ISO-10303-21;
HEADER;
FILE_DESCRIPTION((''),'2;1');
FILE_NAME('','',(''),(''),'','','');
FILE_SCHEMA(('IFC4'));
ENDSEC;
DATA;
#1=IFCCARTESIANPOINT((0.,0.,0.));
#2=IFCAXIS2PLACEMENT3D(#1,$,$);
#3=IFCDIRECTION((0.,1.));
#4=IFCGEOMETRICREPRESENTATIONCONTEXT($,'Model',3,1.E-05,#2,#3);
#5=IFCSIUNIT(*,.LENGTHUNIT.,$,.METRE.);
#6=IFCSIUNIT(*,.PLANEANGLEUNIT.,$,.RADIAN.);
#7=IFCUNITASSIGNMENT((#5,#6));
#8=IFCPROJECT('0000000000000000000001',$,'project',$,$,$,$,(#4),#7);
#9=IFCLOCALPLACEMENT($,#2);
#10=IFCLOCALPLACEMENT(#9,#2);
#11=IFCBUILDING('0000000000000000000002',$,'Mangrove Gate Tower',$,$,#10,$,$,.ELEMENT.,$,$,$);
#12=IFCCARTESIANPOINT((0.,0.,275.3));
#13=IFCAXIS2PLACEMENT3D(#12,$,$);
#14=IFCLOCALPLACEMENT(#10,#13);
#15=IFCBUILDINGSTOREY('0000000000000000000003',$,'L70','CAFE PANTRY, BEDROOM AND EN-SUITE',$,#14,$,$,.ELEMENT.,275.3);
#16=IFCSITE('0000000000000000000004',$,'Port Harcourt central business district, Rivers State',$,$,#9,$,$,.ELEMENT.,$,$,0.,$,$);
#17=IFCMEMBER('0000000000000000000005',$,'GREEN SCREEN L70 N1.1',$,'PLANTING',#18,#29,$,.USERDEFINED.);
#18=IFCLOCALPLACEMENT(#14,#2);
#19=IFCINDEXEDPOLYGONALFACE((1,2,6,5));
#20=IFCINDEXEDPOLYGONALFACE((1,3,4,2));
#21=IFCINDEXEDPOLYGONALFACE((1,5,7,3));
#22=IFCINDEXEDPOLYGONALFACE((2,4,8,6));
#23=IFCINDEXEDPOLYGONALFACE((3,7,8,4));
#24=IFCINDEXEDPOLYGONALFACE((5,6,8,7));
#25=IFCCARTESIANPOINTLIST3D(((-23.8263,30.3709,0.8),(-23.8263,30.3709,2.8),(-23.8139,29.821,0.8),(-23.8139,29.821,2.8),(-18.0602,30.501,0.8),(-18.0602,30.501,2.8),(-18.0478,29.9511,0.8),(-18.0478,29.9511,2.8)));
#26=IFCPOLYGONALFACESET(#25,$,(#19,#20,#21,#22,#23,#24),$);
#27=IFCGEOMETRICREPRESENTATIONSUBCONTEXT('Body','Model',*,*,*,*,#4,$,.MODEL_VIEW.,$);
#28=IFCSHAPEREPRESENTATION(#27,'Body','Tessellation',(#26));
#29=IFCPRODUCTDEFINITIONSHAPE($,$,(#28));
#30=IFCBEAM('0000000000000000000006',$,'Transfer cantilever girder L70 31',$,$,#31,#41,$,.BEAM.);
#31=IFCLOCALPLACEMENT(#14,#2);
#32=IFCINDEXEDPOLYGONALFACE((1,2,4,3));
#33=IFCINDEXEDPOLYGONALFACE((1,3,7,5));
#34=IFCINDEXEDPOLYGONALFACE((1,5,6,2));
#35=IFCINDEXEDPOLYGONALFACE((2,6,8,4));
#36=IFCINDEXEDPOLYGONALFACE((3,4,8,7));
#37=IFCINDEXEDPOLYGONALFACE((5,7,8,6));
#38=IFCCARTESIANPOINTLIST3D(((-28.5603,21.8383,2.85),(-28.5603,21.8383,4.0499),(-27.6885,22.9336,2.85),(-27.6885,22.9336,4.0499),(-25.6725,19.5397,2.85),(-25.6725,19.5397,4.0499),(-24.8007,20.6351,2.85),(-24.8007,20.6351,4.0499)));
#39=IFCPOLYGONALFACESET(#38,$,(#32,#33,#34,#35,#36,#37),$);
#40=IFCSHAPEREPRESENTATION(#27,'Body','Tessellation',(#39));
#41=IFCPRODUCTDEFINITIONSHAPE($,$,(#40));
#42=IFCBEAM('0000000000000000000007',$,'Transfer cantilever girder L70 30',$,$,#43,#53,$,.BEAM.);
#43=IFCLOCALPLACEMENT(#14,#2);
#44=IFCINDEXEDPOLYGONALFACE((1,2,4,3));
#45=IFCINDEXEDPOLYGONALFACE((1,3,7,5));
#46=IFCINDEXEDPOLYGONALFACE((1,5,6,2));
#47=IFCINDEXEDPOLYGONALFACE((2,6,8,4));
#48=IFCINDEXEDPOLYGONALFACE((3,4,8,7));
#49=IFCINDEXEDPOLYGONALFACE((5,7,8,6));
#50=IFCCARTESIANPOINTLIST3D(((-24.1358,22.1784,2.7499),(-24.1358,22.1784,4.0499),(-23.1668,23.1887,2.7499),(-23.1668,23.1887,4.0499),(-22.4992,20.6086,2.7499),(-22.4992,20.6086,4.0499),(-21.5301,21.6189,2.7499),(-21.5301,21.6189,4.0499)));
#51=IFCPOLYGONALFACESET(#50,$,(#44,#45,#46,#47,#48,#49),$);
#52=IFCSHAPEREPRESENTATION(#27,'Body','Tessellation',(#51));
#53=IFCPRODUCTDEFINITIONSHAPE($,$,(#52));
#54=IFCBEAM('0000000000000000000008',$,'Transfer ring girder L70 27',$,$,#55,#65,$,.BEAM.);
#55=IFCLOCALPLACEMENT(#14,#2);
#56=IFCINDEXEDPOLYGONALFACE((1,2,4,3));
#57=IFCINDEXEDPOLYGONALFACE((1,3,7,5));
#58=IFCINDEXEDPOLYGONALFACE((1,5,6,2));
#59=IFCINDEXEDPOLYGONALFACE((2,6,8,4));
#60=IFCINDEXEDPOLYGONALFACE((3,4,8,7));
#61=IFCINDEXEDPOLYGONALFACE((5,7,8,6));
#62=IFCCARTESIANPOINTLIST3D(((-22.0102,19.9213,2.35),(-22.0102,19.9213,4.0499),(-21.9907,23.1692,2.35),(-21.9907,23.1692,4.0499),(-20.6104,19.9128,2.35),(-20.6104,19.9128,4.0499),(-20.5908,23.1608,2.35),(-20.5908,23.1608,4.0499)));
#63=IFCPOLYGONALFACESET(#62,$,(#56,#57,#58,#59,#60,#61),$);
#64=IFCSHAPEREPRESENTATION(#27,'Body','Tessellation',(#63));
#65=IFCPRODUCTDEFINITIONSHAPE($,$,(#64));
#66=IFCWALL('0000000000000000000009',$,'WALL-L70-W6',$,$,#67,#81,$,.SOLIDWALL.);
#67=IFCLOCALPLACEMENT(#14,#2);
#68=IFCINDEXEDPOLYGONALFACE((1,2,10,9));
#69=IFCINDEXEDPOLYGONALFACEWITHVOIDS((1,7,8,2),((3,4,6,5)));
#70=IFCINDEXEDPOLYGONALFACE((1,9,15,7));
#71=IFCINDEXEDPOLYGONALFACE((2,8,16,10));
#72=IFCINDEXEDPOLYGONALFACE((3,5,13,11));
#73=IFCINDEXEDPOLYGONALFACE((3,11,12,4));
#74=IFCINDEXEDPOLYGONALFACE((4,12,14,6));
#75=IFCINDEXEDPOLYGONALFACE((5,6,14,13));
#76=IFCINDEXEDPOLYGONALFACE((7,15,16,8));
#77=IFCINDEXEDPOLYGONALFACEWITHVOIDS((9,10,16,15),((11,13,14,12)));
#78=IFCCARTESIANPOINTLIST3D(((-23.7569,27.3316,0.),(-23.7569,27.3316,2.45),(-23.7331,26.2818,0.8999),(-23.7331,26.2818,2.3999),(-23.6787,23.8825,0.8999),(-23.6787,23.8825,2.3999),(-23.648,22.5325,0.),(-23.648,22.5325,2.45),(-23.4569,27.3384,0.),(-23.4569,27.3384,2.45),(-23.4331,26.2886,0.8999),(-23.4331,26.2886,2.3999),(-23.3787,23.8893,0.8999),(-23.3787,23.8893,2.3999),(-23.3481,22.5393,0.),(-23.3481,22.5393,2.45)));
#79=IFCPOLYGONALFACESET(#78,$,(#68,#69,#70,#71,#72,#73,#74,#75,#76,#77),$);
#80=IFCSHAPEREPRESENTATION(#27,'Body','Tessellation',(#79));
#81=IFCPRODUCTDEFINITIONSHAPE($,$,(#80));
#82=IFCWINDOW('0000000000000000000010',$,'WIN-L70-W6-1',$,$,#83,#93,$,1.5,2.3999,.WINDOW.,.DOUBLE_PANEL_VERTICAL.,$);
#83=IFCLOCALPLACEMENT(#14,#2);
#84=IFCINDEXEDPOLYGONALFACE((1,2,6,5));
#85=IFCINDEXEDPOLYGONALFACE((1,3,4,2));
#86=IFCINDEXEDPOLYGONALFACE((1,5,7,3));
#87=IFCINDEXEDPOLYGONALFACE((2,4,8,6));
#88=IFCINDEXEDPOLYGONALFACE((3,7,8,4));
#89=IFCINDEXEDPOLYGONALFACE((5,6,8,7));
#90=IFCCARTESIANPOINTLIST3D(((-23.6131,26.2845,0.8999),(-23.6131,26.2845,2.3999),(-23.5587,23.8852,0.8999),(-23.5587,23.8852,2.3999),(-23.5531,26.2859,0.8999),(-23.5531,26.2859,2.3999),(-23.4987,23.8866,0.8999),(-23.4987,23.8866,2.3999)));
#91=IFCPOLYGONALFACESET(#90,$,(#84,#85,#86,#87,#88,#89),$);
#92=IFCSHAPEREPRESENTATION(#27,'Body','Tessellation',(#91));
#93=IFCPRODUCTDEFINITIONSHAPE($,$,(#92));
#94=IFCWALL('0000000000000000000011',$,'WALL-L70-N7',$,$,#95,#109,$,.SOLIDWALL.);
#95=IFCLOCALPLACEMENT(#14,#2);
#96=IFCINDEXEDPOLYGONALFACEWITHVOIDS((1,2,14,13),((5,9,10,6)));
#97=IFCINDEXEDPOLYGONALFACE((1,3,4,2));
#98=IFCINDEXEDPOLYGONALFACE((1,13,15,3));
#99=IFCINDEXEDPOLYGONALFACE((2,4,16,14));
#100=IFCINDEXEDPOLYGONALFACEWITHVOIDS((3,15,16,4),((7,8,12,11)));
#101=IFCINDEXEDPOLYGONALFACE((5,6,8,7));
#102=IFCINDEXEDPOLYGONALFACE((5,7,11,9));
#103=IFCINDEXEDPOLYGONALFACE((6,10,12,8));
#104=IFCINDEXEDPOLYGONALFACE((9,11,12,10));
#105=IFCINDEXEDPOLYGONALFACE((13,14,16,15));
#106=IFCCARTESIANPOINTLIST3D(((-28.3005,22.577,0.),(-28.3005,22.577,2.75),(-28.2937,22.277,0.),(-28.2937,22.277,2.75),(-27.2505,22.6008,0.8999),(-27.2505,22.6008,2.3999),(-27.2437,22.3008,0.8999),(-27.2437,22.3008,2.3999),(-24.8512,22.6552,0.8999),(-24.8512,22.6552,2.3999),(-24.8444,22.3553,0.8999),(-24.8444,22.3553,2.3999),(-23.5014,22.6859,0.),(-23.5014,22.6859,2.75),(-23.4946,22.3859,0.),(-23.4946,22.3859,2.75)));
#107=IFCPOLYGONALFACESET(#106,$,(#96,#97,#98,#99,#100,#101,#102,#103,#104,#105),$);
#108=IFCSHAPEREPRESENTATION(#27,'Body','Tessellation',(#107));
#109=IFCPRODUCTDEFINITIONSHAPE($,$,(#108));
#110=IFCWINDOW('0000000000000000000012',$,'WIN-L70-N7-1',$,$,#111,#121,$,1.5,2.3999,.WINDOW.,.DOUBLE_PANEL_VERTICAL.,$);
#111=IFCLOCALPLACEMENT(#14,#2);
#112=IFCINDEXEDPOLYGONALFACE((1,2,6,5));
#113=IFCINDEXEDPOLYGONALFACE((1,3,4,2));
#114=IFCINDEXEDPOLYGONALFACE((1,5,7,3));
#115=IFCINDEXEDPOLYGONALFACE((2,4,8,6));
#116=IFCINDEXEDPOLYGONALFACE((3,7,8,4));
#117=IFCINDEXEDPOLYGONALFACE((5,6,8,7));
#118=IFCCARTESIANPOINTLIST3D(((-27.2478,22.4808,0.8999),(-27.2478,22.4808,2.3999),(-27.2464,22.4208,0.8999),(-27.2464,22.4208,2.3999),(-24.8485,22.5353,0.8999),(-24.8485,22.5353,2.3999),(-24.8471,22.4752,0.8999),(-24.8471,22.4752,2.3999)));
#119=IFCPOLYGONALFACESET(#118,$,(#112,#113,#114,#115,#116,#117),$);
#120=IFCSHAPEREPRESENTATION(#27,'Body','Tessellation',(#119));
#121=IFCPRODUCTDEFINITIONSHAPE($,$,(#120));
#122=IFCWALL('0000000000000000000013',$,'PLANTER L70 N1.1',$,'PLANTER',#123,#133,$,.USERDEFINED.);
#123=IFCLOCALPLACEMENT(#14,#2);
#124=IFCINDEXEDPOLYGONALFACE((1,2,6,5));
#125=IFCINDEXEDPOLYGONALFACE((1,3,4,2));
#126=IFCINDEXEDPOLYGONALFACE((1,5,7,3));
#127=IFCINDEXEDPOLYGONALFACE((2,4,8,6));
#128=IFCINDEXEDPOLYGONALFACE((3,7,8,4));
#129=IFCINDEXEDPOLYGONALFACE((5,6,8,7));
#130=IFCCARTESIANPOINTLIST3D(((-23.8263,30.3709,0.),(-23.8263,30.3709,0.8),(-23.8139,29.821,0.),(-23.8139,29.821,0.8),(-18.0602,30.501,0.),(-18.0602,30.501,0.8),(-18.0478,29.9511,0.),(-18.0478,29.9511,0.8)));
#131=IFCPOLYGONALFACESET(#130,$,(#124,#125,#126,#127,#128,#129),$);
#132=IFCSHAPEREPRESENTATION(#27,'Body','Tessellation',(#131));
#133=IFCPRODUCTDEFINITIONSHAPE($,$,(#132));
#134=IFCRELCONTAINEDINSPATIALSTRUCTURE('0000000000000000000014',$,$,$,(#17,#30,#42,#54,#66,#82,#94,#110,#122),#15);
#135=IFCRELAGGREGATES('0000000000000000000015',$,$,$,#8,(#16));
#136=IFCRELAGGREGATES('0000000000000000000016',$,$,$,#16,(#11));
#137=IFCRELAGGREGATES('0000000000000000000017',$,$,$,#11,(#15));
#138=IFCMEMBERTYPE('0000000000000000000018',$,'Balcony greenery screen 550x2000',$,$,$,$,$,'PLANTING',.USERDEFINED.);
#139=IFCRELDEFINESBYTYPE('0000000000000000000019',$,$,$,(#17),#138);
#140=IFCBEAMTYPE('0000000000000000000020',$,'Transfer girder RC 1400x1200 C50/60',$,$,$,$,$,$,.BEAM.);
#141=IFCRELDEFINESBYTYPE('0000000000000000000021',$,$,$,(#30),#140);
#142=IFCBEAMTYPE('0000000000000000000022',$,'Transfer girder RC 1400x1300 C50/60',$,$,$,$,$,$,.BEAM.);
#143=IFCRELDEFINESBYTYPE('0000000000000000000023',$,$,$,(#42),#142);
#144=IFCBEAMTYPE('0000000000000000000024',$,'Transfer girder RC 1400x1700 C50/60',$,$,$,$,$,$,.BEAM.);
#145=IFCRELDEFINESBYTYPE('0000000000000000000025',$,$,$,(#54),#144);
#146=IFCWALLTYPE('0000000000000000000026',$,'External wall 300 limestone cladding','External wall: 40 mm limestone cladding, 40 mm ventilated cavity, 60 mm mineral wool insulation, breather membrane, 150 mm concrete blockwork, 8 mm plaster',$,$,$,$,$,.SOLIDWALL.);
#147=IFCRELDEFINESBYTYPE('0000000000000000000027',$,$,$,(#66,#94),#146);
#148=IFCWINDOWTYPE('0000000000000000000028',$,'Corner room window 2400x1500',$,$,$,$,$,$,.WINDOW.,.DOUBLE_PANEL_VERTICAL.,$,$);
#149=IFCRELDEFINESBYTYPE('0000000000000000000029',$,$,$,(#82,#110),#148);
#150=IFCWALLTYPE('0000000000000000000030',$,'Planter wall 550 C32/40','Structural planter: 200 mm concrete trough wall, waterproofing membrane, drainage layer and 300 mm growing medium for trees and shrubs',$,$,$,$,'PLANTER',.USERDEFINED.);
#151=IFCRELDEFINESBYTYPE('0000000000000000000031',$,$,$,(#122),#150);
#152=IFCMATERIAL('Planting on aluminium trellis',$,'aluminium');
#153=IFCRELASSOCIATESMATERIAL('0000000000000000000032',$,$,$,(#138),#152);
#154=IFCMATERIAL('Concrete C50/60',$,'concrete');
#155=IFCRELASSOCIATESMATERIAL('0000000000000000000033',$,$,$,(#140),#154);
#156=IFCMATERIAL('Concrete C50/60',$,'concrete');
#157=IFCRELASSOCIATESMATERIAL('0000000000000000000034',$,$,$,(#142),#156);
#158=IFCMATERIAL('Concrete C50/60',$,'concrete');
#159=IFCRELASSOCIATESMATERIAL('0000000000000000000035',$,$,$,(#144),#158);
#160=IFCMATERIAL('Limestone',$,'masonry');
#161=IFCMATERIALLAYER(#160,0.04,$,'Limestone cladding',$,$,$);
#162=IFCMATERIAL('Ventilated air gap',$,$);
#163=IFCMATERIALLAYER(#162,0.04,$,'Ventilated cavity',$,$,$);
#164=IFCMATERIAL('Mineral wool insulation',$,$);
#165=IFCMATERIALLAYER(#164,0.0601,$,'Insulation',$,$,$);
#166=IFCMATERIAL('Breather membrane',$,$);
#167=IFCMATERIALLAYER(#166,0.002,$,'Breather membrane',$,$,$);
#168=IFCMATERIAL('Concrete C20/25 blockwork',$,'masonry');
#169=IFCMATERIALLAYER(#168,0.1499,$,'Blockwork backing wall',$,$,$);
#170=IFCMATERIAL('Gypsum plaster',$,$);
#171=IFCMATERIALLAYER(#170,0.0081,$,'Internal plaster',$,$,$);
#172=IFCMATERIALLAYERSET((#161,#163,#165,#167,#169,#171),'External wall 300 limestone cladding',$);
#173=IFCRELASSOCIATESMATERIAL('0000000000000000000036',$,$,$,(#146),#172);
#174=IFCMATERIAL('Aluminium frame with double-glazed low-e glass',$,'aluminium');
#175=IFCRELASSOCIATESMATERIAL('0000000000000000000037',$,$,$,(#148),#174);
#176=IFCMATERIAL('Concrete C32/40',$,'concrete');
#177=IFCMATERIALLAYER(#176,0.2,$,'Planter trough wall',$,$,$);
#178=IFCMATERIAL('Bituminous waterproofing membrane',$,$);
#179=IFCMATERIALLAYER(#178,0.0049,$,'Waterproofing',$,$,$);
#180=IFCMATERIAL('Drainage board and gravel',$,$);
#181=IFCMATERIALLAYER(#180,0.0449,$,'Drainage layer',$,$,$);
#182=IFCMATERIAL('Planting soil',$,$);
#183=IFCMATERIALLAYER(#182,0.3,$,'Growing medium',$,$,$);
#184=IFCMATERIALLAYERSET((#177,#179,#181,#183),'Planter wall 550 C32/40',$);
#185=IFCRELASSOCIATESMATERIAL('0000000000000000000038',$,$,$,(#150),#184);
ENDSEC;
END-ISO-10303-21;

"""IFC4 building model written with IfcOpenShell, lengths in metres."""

from ifc_helpers import new_model, si_unit, direction, frame, frame_2d, origin, origin_2d, place, context, subcontext, project, spatial, rectangle, extrude, material, layer, layer_set, material_profile, profile_set, type_object, element, fill, save


model = new_model("IFC4")

# Units and contexts
model_context = context("Model", 3, precision=1e-05, world=origin(), true_north=direction((0.0, 1.0)))
body_context = subcontext(model_context, "Body", "Model", "MODEL_VIEW")
ifc_project = project(units=[si_unit("LENGTHUNIT", "METRE"), si_unit("PLANEANGLEUNIT", "RADIAN")], contexts=[model_context])

# Site, building, storey
site_placement = place(None, origin())
site = spatial("IfcSite", under=ifc_project, at=site_placement, Name="Port Harcourt central business district, Rivers State", CompositionType="ELEMENT", RefElevation=0.0)
building_placement = place(site_placement, origin())
building = spatial("IfcBuilding", under=site, at=building_placement, Name="Mangrove Gate Tower", CompositionType="ELEMENT")
storey_placement = place(building_placement, frame((0.0, 0.0, 275.3)))
storey = spatial("IfcBuildingStorey", under=building, at=storey_placement, Name="L70", Description="CAFE PANTRY, BEDROOM AND EN-SUITE", CompositionType="ELEMENT", Elevation=275.3)

# Member
ifc_material_1 = material(Name="Planting on aluminium trellis", Category="aluminium")
ifc_material_profile_1 = material_profile(ifc_material_1, rectangle(XDim=0.55, YDim=2.0, at=origin_2d()))
ifc_profile_set_1 = profile_set([ifc_material_profile_1], Name="Planting on aluminium trellis")
member_type = type_object("IfcMemberType", Name="Balcony greenery screen 550x2000", ElementType="PLANTING", PredefinedType="USERDEFINED", material=ifc_profile_set_1)
member_placement = place(storey_placement, frame((-23.8201, 30.0959, 1.8), z_axis=(0.999745, 0.022562, 0.0), x_axis=(-0.022562, 0.999745, 0.0)))
element("IfcMember", 1, at=member_placement, inside=storey, type_object=member_type, Name="GREEN SCREEN L70 N1.1", ObjectType="PLANTING", PredefinedType="USERDEFINED", context=body_context, shape_type="SweptSolid", body=[
    extrude(rectangle(XDim=0.55, YDim=2.0, at=origin_2d()), origin(), (0.0, 0.0, 1.0), 5.7676),
])

# Beams
ifc_material_2 = material(Name="Concrete C50/60", Category="concrete")
ifc_material_profile_2 = material_profile(ifc_material_2, rectangle(XDim=1.3999, YDim=1.2, at=origin_2d()))
ifc_profile_set_2 = profile_set([ifc_material_profile_2], Name="Concrete C50/60")
beam_type_1 = type_object("IfcBeamType", Name="Transfer girder RC 1400x1200 C50/60", PredefinedType="BEAM", material=ifc_profile_set_2)
beam_1_placement = place(storey_placement, frame((-25.2366, 20.0874, 3.45), z_axis=(-0.782422, 0.622749, 0.0), x_axis=(-0.622749, -0.782422, 0.0)))
element("IfcBeam", 2, at=beam_1_placement, inside=storey, type_object=beam_type_1, Name="Transfer cantilever girder L70 31", PredefinedType="BEAM", context=body_context, shape_type="SweptSolid", body=[
    extrude(rectangle(XDim=1.3999, YDim=1.2, at=origin_2d()), origin(), (0.0, 0.0, 1.0), 3.6909),
])
ifc_material_3 = material(Name="Concrete C50/60", Category="concrete")
ifc_material_profile_3 = material_profile(ifc_material_3, rectangle(XDim=1.3999, YDim=1.3, at=origin_2d()))
ifc_profile_set_3 = profile_set([ifc_material_profile_3], Name="Concrete C50/60")
beam_type_2 = type_object("IfcBeamType", Name="Transfer girder RC 1400x1300 C50/60", PredefinedType="BEAM", material=ifc_profile_set_3)
beam_2_placement = place(storey_placement, frame((-22.0146, 21.1138, 3.3999), z_axis=(-0.721701, 0.692205, 0.0), x_axis=(-0.692205, -0.721701, 0.0)))
element("IfcBeam", 3, at=beam_2_placement, inside=storey, type_object=beam_type_2, Name="Transfer cantilever girder L70 30", PredefinedType="BEAM", context=body_context, shape_type="SweptSolid", body=[
    extrude(rectangle(XDim=1.3999, YDim=1.3, at=origin_2d()), origin(), (0.0, 0.0, 1.0), 2.2678),
])
ifc_material_4 = material(Name="Concrete C50/60", Category="concrete")
ifc_material_profile_4 = material_profile(ifc_material_4, rectangle(XDim=1.3999, YDim=1.7, at=origin_2d()))
ifc_profile_set_4 = profile_set([ifc_material_profile_4], Name="Concrete C50/60")
beam_type_3 = type_object("IfcBeamType", Name="Transfer girder RC 1400x1700 C50/60", PredefinedType="BEAM", material=ifc_profile_set_4)
beam_3_placement = place(storey_placement, frame((-21.2908, 23.165, 3.2), z_axis=(-0.006013, -0.999982, 0.0), x_axis=(0.999982, -0.006013, 0.0)))
element("IfcBeam", 4, at=beam_3_placement, inside=storey, type_object=beam_type_3, Name="Transfer ring girder L70 27", PredefinedType="BEAM", context=body_context, shape_type="SweptSolid", body=[
    extrude(rectangle(XDim=1.3999, YDim=1.7, at=origin_2d()), origin(), (0.0, 0.0, 1.0), 3.248),
])

# Walls, openings, windows
ifc_material_5 = material(Name="Limestone", Category="masonry")
ifc_layer_1 = layer(ifc_material_5, 0.04, Name="Limestone cladding")
ifc_material_6 = material(Name="Ventilated air gap")
ifc_layer_2 = layer(ifc_material_6, 0.04, Name="Ventilated cavity")
ifc_material_7 = material(Name="Mineral wool insulation")
ifc_layer_3 = layer(ifc_material_7, 0.0601, Name="Insulation")
ifc_material_8 = material(Name="Breather membrane")
ifc_layer_4 = layer(ifc_material_8, 0.002, Name="Breather membrane")
ifc_material_9 = material(Name="Concrete C20/25 blockwork", Category="masonry")
ifc_layer_5 = layer(ifc_material_9, 0.1499, Name="Blockwork backing wall")
ifc_material_10 = material(Name="Gypsum plaster")
ifc_layer_6 = layer(ifc_material_10, 0.0081, Name="Internal plaster")
ifc_layer_set_1 = layer_set([ifc_layer_1, ifc_layer_2, ifc_layer_3, ifc_layer_4, ifc_layer_5, ifc_layer_6], Name="External wall 300 limestone cladding")
wall_type_1 = type_object("IfcWallType", Name="External wall 300 limestone cladding", Description="External wall: 40 mm limestone cladding, 40 mm ventilated cavity, 60 mm mineral wool insulation, breather membrane, 150 mm concrete blockwork, 8 mm plaster", PredefinedType="SOLIDWALL", material=ifc_layer_set_1)
wall_1_placement = place(storey_placement, frame((-23.6069, 27.335, 0.0), z_axis=(0.0, 0.0, 1.0), x_axis=(0.022683, -0.999743, 0.0)))
wall_1 = element("IfcWall", 5, at=wall_1_placement, inside=storey, type_object=wall_type_1, Name="WALL-L70-W6", PredefinedType="SOLIDWALL", context=body_context, shape_type="SweptSolid", body=[
    extrude(rectangle(XDim=4.8003, YDim=0.3, at=frame_2d((2.4001, 0.0))), origin(), (0.0, 0.0, 1.0), 2.45),
])
opening_1_placement = place(wall_1_placement, frame((1.05, 0.0, 0.8999)))
opening_1 = element("IfcOpeningElement", 6, at=opening_1_placement, cuts=wall_1, PredefinedType="OPENING", context=body_context, shape_type="SweptSolid", body=[
    extrude(rectangle(XDim=2.3999, YDim=1.5, at=frame_2d((1.2, 0.75))), frame((0.0, 0.1599, 0.0), z_axis=(0.0, -1.0, 0.0), x_axis=(1.0, 0.0, 0.0)), (0.0, 0.0, 1.0), 0.3201),
])
ifc_material_11 = material(Name="Aluminium frame with double-glazed low-e glass", Category="aluminium")
window_type = type_object("IfcWindowType", Name="Corner room window 2400x1500", PartitioningType="DOUBLE_PANEL_VERTICAL", PredefinedType="WINDOW", material=ifc_material_11)
window_1_placement = place(opening_1_placement, origin())
window_1 = element("IfcWindow", 7, at=window_1_placement, inside=storey, type_object=window_type, Name="WIN-L70-W6-1", OverallHeight=1.5, OverallWidth=2.3999, PartitioningType="DOUBLE_PANEL_VERTICAL", PredefinedType="WINDOW", context=body_context, shape_type="SweptSolid", body=[
    extrude(rectangle(XDim=2.3999, YDim=1.5, at=frame_2d((1.2, 0.75))), frame((0.0, 0.03, 0.0), z_axis=(0.0, -1.0, 0.0), x_axis=(1.0, 0.0, 0.0)), (0.0, 0.0, 1.0), 0.0601),
])
fill(opening_1, window_1)
wall_2_placement = place(storey_placement, frame((-23.498, 22.5359, 0.0), z_axis=(0.0, 0.0, 1.0), x_axis=(-0.999743, -0.022683, 0.0)))
wall_2 = element("IfcWall", 8, at=wall_2_placement, inside=storey, type_object=wall_type_1, Name="WALL-L70-N7", PredefinedType="SOLIDWALL", context=body_context, shape_type="SweptSolid", body=[
    extrude(rectangle(XDim=4.8003, YDim=0.3, at=frame_2d((2.4001, 0.0))), origin(), (0.0, 0.0, 1.0), 2.75),
])
opening_2_placement = place(wall_2_placement, frame((1.3501, 0.0, 0.8999)))
opening_2 = element("IfcOpeningElement", 9, at=opening_2_placement, cuts=wall_2, PredefinedType="OPENING", context=body_context, shape_type="SweptSolid", body=[
    extrude(rectangle(XDim=2.3999, YDim=1.5, at=frame_2d((1.2, 0.75))), frame((0.0, 0.1599, 0.0), z_axis=(0.0, -1.0, 0.0), x_axis=(1.0, 0.0, 0.0)), (0.0, 0.0, 1.0), 0.3201),
])
window_2_placement = place(opening_2_placement, origin())
window_2 = element("IfcWindow", 10, at=window_2_placement, inside=storey, type_object=window_type, Name="WIN-L70-N7-1", OverallHeight=1.5, OverallWidth=2.3999, PartitioningType="DOUBLE_PANEL_VERTICAL", PredefinedType="WINDOW", context=body_context, shape_type="SweptSolid", body=[
    extrude(rectangle(XDim=2.3999, YDim=1.5, at=frame_2d((1.2, 0.75))), frame((0.0, 0.03, 0.0), z_axis=(0.0, -1.0, 0.0), x_axis=(1.0, 0.0, 0.0)), (0.0, 0.0, 1.0), 0.0601),
])
fill(opening_2, window_2)

# Wall
ifc_material_12 = material(Name="Concrete C32/40", Category="concrete")
ifc_layer_7 = layer(ifc_material_12, 0.2, Name="Planter trough wall")
ifc_material_13 = material(Name="Bituminous waterproofing membrane")
ifc_layer_8 = layer(ifc_material_13, 0.0049, Name="Waterproofing")
ifc_material_14 = material(Name="Drainage board and gravel")
ifc_layer_9 = layer(ifc_material_14, 0.0449, Name="Drainage layer")
ifc_material_15 = material(Name="Planting soil")
ifc_layer_10 = layer(ifc_material_15, 0.3, Name="Growing medium")
ifc_layer_set_2 = layer_set([ifc_layer_7, ifc_layer_8, ifc_layer_9, ifc_layer_10], Name="Planter wall 550 C32/40")
wall_type_2 = type_object("IfcWallType", Name="Planter wall 550 C32/40", Description="Structural planter: 200 mm concrete trough wall, waterproofing membrane, drainage layer and 300 mm growing medium for trees and shrubs", ElementType="PLANTER", PredefinedType="USERDEFINED", material=ifc_layer_set_2)
wall_3_placement = place(storey_placement, frame((-23.8201, 30.0959, 0.0), z_axis=(0.0, 0.0, 1.0), x_axis=(0.999745, 0.022562, 0.0)))
element("IfcWall", 11, at=wall_3_placement, inside=storey, type_object=wall_type_2, Name="PLANTER L70 N1.1", ObjectType="PLANTER", PredefinedType="USERDEFINED", context=body_context, shape_type="SweptSolid", body=[
    extrude(rectangle(XDim=5.7676, YDim=0.55, at=frame_2d((2.8838, 0.0))), origin(), (0.0, 0.0, 1.0), 0.8),
])

save(model, "model.ifc")
